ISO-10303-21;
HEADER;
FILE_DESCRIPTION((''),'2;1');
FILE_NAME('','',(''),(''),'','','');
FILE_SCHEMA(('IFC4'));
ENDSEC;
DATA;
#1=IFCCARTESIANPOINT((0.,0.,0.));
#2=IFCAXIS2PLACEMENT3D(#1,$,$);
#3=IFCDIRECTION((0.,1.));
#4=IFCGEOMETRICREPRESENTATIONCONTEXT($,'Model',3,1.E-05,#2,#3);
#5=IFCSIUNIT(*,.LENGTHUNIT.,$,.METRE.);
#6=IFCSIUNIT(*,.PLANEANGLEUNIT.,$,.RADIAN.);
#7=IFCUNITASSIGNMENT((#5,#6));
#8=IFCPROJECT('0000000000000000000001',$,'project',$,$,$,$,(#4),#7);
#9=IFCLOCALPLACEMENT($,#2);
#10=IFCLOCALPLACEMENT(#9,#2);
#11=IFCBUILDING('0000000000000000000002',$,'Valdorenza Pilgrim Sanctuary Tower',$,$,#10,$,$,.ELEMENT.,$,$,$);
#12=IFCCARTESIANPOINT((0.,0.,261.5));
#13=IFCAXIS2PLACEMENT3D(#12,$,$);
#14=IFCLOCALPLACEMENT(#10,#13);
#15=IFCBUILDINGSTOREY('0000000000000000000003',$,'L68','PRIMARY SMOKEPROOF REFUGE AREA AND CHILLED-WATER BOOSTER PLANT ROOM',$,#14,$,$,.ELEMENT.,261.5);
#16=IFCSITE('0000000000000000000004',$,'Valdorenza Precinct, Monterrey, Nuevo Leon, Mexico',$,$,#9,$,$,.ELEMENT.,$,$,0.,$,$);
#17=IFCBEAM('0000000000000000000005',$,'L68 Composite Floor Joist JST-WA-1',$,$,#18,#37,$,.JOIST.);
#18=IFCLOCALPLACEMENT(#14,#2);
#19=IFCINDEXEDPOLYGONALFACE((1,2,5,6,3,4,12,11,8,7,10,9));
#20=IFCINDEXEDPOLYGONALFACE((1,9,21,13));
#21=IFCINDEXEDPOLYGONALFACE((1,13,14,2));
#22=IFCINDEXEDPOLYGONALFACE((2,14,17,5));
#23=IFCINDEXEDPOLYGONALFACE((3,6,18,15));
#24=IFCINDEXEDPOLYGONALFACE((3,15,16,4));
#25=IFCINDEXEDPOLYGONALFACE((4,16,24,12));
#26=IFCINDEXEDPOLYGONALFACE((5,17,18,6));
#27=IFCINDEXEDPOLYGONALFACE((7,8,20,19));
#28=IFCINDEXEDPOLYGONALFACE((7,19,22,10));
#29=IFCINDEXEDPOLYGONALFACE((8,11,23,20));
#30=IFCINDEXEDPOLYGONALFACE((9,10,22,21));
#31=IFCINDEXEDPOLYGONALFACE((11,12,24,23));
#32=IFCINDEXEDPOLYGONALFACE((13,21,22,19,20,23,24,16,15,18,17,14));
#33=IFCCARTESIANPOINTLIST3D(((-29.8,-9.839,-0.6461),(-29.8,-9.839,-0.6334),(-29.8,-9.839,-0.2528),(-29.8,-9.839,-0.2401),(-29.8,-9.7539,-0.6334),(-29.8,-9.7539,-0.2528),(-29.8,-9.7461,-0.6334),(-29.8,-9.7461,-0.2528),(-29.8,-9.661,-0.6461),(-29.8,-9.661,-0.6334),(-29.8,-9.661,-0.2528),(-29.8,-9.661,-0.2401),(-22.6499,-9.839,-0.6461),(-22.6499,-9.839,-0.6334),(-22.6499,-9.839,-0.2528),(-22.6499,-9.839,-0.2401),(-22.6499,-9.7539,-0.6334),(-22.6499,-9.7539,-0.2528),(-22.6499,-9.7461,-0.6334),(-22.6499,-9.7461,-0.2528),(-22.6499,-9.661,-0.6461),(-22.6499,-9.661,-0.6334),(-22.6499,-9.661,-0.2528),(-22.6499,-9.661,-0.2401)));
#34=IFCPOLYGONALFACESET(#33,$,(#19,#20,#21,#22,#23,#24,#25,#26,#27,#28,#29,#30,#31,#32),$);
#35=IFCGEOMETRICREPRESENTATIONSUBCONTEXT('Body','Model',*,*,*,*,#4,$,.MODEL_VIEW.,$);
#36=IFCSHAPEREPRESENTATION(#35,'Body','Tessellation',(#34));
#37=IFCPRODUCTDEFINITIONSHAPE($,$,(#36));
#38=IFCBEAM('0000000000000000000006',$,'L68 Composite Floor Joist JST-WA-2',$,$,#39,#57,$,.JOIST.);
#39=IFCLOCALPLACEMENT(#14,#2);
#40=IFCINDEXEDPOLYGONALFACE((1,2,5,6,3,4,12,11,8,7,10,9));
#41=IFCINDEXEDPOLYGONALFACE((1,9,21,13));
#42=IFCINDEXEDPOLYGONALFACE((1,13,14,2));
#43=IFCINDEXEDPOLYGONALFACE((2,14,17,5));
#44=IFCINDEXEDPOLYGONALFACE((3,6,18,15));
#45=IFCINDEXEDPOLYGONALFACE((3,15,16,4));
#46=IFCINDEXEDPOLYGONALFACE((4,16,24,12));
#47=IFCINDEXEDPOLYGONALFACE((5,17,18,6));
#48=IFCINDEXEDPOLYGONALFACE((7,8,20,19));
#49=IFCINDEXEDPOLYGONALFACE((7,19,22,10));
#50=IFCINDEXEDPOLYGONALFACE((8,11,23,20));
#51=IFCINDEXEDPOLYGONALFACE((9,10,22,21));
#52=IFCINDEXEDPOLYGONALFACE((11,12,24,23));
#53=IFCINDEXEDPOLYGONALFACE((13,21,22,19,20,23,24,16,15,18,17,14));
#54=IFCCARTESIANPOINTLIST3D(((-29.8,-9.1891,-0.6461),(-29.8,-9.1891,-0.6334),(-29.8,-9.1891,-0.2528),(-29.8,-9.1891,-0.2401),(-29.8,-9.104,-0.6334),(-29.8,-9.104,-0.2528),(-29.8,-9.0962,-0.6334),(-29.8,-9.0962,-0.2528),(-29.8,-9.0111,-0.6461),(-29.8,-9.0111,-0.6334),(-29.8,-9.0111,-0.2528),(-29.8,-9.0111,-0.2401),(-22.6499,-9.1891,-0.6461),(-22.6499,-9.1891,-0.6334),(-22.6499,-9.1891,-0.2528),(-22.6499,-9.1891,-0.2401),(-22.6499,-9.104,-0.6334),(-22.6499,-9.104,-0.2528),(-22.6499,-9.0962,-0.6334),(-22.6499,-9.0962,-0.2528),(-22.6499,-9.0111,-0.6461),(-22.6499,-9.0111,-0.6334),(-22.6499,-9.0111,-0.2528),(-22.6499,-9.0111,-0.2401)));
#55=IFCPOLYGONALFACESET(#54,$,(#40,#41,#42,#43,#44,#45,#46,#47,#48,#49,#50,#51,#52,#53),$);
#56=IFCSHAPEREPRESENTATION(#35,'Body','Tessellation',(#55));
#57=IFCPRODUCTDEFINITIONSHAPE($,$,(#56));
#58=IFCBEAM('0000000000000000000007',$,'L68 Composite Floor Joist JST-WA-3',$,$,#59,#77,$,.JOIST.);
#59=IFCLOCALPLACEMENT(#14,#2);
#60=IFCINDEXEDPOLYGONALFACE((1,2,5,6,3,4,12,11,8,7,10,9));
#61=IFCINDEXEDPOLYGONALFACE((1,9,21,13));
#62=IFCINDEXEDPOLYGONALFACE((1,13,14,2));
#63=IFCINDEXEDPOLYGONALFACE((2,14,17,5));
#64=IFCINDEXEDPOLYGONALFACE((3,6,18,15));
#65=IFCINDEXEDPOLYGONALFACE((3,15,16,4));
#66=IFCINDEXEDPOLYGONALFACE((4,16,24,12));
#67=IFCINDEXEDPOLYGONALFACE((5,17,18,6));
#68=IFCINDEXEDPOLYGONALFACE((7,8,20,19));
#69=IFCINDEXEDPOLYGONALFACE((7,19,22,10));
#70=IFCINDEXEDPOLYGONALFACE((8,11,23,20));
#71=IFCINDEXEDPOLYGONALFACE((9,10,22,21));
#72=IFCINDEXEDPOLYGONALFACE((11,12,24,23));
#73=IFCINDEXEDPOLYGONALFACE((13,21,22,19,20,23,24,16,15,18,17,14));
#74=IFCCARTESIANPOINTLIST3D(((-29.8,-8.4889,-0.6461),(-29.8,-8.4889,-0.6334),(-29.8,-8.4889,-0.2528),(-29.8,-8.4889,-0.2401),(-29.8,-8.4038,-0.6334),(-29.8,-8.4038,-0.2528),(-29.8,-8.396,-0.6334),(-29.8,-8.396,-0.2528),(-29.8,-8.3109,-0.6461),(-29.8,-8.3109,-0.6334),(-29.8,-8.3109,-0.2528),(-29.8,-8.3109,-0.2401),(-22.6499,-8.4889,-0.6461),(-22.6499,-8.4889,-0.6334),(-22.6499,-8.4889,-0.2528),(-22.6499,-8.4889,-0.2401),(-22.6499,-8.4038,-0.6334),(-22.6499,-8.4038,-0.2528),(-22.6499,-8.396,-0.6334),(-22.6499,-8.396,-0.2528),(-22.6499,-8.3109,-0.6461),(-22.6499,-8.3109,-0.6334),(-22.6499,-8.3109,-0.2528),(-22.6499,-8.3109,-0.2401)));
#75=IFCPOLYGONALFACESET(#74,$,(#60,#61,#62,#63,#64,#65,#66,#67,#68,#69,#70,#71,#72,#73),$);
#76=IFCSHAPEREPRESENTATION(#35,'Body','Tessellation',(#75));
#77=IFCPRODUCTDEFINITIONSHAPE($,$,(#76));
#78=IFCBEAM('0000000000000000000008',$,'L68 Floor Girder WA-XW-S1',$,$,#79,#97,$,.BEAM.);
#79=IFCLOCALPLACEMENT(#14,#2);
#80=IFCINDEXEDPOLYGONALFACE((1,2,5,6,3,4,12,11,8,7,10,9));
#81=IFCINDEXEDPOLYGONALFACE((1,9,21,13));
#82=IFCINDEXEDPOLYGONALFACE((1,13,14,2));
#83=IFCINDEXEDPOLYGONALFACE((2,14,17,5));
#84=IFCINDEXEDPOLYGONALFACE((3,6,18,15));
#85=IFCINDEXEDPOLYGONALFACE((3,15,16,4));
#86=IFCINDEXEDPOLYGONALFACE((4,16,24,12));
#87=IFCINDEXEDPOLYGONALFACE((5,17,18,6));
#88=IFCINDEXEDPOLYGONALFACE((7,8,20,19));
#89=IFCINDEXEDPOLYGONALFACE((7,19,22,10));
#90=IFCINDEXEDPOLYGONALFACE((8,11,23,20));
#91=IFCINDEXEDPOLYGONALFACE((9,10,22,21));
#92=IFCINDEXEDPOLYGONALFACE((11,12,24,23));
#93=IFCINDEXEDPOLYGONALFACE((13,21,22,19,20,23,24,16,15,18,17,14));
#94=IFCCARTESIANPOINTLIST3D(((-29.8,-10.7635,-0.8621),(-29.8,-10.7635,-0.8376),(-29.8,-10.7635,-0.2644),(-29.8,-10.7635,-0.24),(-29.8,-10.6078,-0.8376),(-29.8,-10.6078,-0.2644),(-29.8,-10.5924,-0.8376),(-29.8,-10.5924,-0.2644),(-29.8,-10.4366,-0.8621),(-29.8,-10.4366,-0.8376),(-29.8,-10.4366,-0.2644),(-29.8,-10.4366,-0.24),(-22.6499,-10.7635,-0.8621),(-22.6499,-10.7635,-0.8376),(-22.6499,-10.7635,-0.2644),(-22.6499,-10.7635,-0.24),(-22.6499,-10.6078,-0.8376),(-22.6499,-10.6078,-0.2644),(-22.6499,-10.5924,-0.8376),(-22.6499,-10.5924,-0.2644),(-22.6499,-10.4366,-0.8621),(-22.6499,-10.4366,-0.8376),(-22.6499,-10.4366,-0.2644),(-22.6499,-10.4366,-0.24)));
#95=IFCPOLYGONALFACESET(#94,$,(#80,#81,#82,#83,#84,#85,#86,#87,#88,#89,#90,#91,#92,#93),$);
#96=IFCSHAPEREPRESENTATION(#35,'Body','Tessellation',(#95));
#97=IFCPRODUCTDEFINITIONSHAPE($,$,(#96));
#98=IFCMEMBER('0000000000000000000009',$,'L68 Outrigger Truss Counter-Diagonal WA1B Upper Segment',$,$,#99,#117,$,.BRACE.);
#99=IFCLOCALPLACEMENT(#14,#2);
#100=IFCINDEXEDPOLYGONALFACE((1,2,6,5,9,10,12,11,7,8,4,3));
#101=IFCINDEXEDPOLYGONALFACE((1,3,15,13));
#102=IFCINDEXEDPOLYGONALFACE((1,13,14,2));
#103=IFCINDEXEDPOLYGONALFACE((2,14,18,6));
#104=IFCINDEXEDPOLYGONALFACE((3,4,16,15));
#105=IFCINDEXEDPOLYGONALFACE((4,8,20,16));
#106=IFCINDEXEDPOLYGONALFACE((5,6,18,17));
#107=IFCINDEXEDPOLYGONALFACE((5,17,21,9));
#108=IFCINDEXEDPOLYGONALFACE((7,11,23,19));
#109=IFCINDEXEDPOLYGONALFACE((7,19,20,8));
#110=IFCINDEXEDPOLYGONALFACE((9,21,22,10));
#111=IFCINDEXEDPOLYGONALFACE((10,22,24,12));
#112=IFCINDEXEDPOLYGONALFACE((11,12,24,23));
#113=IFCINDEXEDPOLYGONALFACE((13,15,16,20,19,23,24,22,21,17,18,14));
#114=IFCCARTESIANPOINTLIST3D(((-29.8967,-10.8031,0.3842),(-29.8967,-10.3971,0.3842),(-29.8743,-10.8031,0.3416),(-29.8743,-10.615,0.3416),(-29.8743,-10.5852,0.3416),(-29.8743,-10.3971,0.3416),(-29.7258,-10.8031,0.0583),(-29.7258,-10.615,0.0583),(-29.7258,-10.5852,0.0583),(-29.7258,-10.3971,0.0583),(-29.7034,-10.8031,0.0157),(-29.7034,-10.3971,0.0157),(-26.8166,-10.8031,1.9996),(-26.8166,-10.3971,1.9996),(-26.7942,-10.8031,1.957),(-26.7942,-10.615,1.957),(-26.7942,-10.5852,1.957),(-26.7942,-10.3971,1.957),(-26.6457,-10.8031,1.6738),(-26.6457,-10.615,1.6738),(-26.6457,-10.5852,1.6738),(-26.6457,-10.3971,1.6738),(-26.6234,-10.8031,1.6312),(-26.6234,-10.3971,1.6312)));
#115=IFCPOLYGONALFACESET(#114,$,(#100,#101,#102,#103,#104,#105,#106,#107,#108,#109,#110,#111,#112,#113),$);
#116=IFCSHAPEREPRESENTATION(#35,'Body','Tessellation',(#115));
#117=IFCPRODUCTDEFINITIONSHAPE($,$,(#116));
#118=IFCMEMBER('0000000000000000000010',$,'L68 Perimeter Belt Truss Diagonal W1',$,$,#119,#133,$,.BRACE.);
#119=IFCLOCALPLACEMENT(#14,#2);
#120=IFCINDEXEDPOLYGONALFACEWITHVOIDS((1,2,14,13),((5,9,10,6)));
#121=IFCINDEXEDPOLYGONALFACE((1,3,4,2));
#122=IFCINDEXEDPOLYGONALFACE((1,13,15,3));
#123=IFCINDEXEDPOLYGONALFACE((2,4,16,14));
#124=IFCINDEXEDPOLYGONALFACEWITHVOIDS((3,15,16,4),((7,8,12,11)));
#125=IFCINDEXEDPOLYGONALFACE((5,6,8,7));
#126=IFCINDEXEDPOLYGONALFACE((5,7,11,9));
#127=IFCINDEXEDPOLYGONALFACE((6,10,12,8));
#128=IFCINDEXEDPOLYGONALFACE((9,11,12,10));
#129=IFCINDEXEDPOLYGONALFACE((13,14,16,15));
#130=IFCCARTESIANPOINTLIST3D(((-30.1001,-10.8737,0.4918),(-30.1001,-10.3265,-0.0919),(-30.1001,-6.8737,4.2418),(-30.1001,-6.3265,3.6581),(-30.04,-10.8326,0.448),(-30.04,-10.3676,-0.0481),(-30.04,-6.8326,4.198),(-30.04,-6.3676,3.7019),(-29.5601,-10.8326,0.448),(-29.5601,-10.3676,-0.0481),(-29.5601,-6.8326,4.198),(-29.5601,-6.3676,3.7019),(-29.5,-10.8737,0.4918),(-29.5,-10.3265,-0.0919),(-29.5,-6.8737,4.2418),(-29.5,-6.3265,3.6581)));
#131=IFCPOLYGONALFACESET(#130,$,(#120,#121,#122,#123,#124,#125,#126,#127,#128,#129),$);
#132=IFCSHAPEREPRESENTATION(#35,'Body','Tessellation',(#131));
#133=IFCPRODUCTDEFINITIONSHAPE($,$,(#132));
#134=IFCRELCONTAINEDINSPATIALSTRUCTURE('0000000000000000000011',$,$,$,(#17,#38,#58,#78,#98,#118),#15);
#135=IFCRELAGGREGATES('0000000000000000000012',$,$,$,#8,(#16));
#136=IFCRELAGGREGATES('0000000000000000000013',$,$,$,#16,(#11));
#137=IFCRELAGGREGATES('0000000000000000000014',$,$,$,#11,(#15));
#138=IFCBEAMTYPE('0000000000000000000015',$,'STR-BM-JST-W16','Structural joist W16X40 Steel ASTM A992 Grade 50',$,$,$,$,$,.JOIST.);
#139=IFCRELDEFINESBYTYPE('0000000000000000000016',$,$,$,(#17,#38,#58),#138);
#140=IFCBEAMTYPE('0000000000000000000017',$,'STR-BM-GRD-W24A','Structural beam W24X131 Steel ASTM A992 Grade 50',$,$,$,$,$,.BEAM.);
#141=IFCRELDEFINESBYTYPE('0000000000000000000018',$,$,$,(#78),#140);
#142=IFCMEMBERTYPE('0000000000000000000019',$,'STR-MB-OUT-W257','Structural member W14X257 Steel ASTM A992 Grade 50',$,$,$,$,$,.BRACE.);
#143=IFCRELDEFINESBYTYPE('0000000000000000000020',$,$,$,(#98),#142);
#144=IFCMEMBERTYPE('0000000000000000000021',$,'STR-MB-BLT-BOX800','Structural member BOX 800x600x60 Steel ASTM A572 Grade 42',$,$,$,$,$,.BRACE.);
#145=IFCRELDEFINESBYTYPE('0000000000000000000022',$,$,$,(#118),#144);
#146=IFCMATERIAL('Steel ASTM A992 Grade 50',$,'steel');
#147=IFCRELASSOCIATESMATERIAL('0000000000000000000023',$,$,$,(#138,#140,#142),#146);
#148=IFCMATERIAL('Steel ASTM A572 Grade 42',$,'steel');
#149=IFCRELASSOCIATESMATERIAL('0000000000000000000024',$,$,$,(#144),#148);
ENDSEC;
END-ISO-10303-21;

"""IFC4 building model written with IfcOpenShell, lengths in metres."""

from ifc_helpers import new_model, si_unit, direction, frame, origin, origin_2d, place, context, subcontext, project, spatial, hollow_rectangle, i_section, extrude, source, transform, mapped, material, material_profile, profile_set, type_object, element, save


model = new_model("IFC4")

# Units and contexts
model_context = context("Model", 3, precision=1e-05, world=origin(), true_north=direction((0.0, 1.0)))
body_context = subcontext(model_context, "Body", "Model", "MODEL_VIEW")
ifc_project = project(units=[si_unit("LENGTHUNIT", "METRE"), si_unit("PLANEANGLEUNIT", "RADIAN")], contexts=[model_context])

# Site, building, storey
site_placement = place(None, origin())
site = spatial("IfcSite", under=ifc_project, at=site_placement, Name="Valdorenza Precinct, Monterrey, Nuevo Leon, Mexico", CompositionType="ELEMENT", RefElevation=0.0)
building_placement = place(site_placement, origin())
building = spatial("IfcBuilding", under=site, at=building_placement, Name="Valdorenza Pilgrim Sanctuary Tower", CompositionType="ELEMENT")
storey_placement = place(building_placement, frame((0.0, 0.0, 261.5)))
storey = spatial("IfcBuildingStorey", under=building, at=storey_placement, Name="L68", Description="PRIMARY SMOKEPROOF REFUGE AREA AND CHILLED-WATER BOOSTER PLANT ROOM", CompositionType="ELEMENT", Elevation=261.5)

# Shared definitions
ifc_material_1 = material(Name="Steel ASTM A992 Grade 50", Category="steel")

# Beams
ifc_material_profile_1 = material_profile(ifc_material_1, i_section(OverallWidth=0.178, OverallDepth=0.406, WebThickness=0.0078, FlangeThickness=0.0127, at=origin_2d()), Name="W16X40")
ifc_profile_set_1 = profile_set([ifc_material_profile_1], Name="Steel ASTM A992 Grade 50")
beam_type_1 = type_object("IfcBeamType", Name="STR-BM-JST-W16", Description="Structural joist W16X40 Steel ASTM A992 Grade 50", PredefinedType="JOIST", material=ifc_profile_set_1)
shared_shape_1 = source(origin(), body_context, "Body", "SweptSolid", [
    extrude(i_section(OverallWidth=0.178, OverallDepth=0.406, WebThickness=0.0078, FlangeThickness=0.0127, at=origin_2d()), origin(), (0.0, 0.0, 1.0), 7.1501),
])
for number, where, z_axis, x_axis, name in (
    (1, (-29.8, -9.75, -0.4431), (1.0, 0.0, 0.0), (0.0, 1.0, 0.0), "L68 Composite Floor Joist JST-WA-1"),
    (2, (-29.8, -9.1001, -0.4431), (1.0, 0.0, 0.0), (0.0, 1.0, 0.0), "L68 Composite Floor Joist JST-WA-2"),
    (3, (-29.8, -8.3999, -0.4431), (1.0, 0.0, 0.0), (0.0, 1.0, 0.0), "L68 Composite Floor Joist JST-WA-3"),
):
    element("IfcBeam", number, at=place(storey_placement, frame(where, z_axis=z_axis, x_axis=x_axis)), inside=storey, type_object=beam_type_1, Name=name, PredefinedType="JOIST", context=body_context, shape_type="MappedRepresentation", body=[
        mapped(shared_shape_1, transform((0.0, 0.0, 0.0), x_axis=(1.0, 0.0, 0.0), y_axis=(0.0, 1.0, 0.0), z_axis=(0.0, 0.0, 1.0), scale=1.0)),
    ])
ifc_material_profile_2 = material_profile(ifc_material_1, i_section(OverallWidth=0.3269, OverallDepth=0.6221, WebThickness=0.0154, FlangeThickness=0.0244, at=origin_2d()), Name="W24X131")
ifc_profile_set_2 = profile_set([ifc_material_profile_2], Name="Steel ASTM A992 Grade 50")
beam_type_2 = type_object("IfcBeamType", Name="STR-BM-GRD-W24A", Description="Structural beam W24X131 Steel ASTM A992 Grade 50", PredefinedType="BEAM", material=ifc_profile_set_2)
shared_shape_2 = source(origin(), body_context, "Body", "SweptSolid", [
    extrude(i_section(OverallWidth=0.3269, OverallDepth=0.6221, WebThickness=0.0154, FlangeThickness=0.0244, at=origin_2d()), origin(), (0.0, 0.0, 1.0), 7.1501),
])
beam_1_placement = place(storey_placement, frame((-29.8, -10.6001, -0.551), z_axis=(1.0, 0.0, 0.0), x_axis=(0.0, 1.0, 0.0)))
element("IfcBeam", 4, at=beam_1_placement, inside=storey, type_object=beam_type_2, Name="L68 Floor Girder WA-XW-S1", PredefinedType="BEAM", context=body_context, shape_type="MappedRepresentation", body=[
    mapped(shared_shape_2, transform((0.0, 0.0, 0.0), x_axis=(1.0, 0.0, 0.0), y_axis=(0.0, 1.0, 0.0), z_axis=(0.0, 0.0, 1.0), scale=1.0)),
])

# Members
ifc_material_profile_3 = material_profile(ifc_material_1, i_section(OverallWidth=0.406, OverallDepth=0.416, WebThickness=0.0298, FlangeThickness=0.0481, at=origin_2d()), Name="W14X257")
ifc_profile_set_3 = profile_set([ifc_material_profile_3], Name="Steel ASTM A992 Grade 50")
member_type_1 = type_object("IfcMemberType", Name="STR-MB-OUT-W257", Description="Structural member W14X257 Steel ASTM A992 Grade 50", PredefinedType="BRACE", material=ifc_profile_set_3)
shared_shape_3 = source(origin(), body_context, "Body", "SweptSolid", [
    extrude(i_section(OverallWidth=0.406, OverallDepth=0.416, WebThickness=0.0298, FlangeThickness=0.0481, at=origin_2d()), origin(), (0.0, 0.0, 1.0), 3.478),
])
member_1_placement = place(storey_placement, frame((-26.72, -10.6001, 1.8154), z_axis=(-0.885583, 0.0, -0.464482), x_axis=(0.0, -1.0, 0.0)))
element("IfcMember", 5, at=member_1_placement, inside=storey, type_object=member_type_1, Name="L68 Outrigger Truss Counter-Diagonal WA1B Upper Segment", PredefinedType="BRACE", context=body_context, shape_type="MappedRepresentation", body=[
    mapped(shared_shape_3, transform((0.0, 0.0, 0.0), x_axis=(1.0, 0.0, 0.0), y_axis=(0.0, 1.0, 0.0), z_axis=(0.0, 0.0, 1.0), scale=1.0)),
])
ifc_material_2 = material(Name="Steel ASTM A572 Grade 42", Category="steel")
ifc_material_profile_4 = material_profile(ifc_material_2, hollow_rectangle(XDim=0.6001, YDim=0.8, WallThickness=0.0601, at=origin_2d()), Name="BOX 800x600x60")
ifc_profile_set_4 = profile_set([ifc_material_profile_4], Name="Steel ASTM A572 Grade 42")
member_type_2 = type_object("IfcMemberType", Name="STR-MB-BLT-BOX800", Description="Structural member BOX 800x600x60 Steel ASTM A572 Grade 42", PredefinedType="BRACE", material=ifc_profile_set_4)
shared_shape_4 = source(origin(), body_context, "Body", "SweptSolid", [
    extrude(hollow_rectangle(XDim=0.6001, YDim=0.8, WallThickness=0.0601, at=origin_2d()), origin(), (0.0, 0.0, 1.0), 5.4829),
])
member_2_placement = place(storey_placement, frame((-29.8, -10.6001, 0.2), z_axis=(0.0, 0.729537, 0.683941), x_axis=(-1.0, 0.0, 0.0)))
element("IfcMember", 6, at=member_2_placement, inside=storey, type_object=member_type_2, Name="L68 Perimeter Belt Truss Diagonal W1", PredefinedType="BRACE", context=body_context, shape_type="MappedRepresentation", body=[
    mapped(shared_shape_4, transform((0.0, 0.0, 0.0), x_axis=(1.0, 0.0, 0.0), y_axis=(0.0, 1.0, 0.0), z_axis=(0.0, 0.0, 1.0), scale=1.0)),
])

save(model, "model.ifc")
